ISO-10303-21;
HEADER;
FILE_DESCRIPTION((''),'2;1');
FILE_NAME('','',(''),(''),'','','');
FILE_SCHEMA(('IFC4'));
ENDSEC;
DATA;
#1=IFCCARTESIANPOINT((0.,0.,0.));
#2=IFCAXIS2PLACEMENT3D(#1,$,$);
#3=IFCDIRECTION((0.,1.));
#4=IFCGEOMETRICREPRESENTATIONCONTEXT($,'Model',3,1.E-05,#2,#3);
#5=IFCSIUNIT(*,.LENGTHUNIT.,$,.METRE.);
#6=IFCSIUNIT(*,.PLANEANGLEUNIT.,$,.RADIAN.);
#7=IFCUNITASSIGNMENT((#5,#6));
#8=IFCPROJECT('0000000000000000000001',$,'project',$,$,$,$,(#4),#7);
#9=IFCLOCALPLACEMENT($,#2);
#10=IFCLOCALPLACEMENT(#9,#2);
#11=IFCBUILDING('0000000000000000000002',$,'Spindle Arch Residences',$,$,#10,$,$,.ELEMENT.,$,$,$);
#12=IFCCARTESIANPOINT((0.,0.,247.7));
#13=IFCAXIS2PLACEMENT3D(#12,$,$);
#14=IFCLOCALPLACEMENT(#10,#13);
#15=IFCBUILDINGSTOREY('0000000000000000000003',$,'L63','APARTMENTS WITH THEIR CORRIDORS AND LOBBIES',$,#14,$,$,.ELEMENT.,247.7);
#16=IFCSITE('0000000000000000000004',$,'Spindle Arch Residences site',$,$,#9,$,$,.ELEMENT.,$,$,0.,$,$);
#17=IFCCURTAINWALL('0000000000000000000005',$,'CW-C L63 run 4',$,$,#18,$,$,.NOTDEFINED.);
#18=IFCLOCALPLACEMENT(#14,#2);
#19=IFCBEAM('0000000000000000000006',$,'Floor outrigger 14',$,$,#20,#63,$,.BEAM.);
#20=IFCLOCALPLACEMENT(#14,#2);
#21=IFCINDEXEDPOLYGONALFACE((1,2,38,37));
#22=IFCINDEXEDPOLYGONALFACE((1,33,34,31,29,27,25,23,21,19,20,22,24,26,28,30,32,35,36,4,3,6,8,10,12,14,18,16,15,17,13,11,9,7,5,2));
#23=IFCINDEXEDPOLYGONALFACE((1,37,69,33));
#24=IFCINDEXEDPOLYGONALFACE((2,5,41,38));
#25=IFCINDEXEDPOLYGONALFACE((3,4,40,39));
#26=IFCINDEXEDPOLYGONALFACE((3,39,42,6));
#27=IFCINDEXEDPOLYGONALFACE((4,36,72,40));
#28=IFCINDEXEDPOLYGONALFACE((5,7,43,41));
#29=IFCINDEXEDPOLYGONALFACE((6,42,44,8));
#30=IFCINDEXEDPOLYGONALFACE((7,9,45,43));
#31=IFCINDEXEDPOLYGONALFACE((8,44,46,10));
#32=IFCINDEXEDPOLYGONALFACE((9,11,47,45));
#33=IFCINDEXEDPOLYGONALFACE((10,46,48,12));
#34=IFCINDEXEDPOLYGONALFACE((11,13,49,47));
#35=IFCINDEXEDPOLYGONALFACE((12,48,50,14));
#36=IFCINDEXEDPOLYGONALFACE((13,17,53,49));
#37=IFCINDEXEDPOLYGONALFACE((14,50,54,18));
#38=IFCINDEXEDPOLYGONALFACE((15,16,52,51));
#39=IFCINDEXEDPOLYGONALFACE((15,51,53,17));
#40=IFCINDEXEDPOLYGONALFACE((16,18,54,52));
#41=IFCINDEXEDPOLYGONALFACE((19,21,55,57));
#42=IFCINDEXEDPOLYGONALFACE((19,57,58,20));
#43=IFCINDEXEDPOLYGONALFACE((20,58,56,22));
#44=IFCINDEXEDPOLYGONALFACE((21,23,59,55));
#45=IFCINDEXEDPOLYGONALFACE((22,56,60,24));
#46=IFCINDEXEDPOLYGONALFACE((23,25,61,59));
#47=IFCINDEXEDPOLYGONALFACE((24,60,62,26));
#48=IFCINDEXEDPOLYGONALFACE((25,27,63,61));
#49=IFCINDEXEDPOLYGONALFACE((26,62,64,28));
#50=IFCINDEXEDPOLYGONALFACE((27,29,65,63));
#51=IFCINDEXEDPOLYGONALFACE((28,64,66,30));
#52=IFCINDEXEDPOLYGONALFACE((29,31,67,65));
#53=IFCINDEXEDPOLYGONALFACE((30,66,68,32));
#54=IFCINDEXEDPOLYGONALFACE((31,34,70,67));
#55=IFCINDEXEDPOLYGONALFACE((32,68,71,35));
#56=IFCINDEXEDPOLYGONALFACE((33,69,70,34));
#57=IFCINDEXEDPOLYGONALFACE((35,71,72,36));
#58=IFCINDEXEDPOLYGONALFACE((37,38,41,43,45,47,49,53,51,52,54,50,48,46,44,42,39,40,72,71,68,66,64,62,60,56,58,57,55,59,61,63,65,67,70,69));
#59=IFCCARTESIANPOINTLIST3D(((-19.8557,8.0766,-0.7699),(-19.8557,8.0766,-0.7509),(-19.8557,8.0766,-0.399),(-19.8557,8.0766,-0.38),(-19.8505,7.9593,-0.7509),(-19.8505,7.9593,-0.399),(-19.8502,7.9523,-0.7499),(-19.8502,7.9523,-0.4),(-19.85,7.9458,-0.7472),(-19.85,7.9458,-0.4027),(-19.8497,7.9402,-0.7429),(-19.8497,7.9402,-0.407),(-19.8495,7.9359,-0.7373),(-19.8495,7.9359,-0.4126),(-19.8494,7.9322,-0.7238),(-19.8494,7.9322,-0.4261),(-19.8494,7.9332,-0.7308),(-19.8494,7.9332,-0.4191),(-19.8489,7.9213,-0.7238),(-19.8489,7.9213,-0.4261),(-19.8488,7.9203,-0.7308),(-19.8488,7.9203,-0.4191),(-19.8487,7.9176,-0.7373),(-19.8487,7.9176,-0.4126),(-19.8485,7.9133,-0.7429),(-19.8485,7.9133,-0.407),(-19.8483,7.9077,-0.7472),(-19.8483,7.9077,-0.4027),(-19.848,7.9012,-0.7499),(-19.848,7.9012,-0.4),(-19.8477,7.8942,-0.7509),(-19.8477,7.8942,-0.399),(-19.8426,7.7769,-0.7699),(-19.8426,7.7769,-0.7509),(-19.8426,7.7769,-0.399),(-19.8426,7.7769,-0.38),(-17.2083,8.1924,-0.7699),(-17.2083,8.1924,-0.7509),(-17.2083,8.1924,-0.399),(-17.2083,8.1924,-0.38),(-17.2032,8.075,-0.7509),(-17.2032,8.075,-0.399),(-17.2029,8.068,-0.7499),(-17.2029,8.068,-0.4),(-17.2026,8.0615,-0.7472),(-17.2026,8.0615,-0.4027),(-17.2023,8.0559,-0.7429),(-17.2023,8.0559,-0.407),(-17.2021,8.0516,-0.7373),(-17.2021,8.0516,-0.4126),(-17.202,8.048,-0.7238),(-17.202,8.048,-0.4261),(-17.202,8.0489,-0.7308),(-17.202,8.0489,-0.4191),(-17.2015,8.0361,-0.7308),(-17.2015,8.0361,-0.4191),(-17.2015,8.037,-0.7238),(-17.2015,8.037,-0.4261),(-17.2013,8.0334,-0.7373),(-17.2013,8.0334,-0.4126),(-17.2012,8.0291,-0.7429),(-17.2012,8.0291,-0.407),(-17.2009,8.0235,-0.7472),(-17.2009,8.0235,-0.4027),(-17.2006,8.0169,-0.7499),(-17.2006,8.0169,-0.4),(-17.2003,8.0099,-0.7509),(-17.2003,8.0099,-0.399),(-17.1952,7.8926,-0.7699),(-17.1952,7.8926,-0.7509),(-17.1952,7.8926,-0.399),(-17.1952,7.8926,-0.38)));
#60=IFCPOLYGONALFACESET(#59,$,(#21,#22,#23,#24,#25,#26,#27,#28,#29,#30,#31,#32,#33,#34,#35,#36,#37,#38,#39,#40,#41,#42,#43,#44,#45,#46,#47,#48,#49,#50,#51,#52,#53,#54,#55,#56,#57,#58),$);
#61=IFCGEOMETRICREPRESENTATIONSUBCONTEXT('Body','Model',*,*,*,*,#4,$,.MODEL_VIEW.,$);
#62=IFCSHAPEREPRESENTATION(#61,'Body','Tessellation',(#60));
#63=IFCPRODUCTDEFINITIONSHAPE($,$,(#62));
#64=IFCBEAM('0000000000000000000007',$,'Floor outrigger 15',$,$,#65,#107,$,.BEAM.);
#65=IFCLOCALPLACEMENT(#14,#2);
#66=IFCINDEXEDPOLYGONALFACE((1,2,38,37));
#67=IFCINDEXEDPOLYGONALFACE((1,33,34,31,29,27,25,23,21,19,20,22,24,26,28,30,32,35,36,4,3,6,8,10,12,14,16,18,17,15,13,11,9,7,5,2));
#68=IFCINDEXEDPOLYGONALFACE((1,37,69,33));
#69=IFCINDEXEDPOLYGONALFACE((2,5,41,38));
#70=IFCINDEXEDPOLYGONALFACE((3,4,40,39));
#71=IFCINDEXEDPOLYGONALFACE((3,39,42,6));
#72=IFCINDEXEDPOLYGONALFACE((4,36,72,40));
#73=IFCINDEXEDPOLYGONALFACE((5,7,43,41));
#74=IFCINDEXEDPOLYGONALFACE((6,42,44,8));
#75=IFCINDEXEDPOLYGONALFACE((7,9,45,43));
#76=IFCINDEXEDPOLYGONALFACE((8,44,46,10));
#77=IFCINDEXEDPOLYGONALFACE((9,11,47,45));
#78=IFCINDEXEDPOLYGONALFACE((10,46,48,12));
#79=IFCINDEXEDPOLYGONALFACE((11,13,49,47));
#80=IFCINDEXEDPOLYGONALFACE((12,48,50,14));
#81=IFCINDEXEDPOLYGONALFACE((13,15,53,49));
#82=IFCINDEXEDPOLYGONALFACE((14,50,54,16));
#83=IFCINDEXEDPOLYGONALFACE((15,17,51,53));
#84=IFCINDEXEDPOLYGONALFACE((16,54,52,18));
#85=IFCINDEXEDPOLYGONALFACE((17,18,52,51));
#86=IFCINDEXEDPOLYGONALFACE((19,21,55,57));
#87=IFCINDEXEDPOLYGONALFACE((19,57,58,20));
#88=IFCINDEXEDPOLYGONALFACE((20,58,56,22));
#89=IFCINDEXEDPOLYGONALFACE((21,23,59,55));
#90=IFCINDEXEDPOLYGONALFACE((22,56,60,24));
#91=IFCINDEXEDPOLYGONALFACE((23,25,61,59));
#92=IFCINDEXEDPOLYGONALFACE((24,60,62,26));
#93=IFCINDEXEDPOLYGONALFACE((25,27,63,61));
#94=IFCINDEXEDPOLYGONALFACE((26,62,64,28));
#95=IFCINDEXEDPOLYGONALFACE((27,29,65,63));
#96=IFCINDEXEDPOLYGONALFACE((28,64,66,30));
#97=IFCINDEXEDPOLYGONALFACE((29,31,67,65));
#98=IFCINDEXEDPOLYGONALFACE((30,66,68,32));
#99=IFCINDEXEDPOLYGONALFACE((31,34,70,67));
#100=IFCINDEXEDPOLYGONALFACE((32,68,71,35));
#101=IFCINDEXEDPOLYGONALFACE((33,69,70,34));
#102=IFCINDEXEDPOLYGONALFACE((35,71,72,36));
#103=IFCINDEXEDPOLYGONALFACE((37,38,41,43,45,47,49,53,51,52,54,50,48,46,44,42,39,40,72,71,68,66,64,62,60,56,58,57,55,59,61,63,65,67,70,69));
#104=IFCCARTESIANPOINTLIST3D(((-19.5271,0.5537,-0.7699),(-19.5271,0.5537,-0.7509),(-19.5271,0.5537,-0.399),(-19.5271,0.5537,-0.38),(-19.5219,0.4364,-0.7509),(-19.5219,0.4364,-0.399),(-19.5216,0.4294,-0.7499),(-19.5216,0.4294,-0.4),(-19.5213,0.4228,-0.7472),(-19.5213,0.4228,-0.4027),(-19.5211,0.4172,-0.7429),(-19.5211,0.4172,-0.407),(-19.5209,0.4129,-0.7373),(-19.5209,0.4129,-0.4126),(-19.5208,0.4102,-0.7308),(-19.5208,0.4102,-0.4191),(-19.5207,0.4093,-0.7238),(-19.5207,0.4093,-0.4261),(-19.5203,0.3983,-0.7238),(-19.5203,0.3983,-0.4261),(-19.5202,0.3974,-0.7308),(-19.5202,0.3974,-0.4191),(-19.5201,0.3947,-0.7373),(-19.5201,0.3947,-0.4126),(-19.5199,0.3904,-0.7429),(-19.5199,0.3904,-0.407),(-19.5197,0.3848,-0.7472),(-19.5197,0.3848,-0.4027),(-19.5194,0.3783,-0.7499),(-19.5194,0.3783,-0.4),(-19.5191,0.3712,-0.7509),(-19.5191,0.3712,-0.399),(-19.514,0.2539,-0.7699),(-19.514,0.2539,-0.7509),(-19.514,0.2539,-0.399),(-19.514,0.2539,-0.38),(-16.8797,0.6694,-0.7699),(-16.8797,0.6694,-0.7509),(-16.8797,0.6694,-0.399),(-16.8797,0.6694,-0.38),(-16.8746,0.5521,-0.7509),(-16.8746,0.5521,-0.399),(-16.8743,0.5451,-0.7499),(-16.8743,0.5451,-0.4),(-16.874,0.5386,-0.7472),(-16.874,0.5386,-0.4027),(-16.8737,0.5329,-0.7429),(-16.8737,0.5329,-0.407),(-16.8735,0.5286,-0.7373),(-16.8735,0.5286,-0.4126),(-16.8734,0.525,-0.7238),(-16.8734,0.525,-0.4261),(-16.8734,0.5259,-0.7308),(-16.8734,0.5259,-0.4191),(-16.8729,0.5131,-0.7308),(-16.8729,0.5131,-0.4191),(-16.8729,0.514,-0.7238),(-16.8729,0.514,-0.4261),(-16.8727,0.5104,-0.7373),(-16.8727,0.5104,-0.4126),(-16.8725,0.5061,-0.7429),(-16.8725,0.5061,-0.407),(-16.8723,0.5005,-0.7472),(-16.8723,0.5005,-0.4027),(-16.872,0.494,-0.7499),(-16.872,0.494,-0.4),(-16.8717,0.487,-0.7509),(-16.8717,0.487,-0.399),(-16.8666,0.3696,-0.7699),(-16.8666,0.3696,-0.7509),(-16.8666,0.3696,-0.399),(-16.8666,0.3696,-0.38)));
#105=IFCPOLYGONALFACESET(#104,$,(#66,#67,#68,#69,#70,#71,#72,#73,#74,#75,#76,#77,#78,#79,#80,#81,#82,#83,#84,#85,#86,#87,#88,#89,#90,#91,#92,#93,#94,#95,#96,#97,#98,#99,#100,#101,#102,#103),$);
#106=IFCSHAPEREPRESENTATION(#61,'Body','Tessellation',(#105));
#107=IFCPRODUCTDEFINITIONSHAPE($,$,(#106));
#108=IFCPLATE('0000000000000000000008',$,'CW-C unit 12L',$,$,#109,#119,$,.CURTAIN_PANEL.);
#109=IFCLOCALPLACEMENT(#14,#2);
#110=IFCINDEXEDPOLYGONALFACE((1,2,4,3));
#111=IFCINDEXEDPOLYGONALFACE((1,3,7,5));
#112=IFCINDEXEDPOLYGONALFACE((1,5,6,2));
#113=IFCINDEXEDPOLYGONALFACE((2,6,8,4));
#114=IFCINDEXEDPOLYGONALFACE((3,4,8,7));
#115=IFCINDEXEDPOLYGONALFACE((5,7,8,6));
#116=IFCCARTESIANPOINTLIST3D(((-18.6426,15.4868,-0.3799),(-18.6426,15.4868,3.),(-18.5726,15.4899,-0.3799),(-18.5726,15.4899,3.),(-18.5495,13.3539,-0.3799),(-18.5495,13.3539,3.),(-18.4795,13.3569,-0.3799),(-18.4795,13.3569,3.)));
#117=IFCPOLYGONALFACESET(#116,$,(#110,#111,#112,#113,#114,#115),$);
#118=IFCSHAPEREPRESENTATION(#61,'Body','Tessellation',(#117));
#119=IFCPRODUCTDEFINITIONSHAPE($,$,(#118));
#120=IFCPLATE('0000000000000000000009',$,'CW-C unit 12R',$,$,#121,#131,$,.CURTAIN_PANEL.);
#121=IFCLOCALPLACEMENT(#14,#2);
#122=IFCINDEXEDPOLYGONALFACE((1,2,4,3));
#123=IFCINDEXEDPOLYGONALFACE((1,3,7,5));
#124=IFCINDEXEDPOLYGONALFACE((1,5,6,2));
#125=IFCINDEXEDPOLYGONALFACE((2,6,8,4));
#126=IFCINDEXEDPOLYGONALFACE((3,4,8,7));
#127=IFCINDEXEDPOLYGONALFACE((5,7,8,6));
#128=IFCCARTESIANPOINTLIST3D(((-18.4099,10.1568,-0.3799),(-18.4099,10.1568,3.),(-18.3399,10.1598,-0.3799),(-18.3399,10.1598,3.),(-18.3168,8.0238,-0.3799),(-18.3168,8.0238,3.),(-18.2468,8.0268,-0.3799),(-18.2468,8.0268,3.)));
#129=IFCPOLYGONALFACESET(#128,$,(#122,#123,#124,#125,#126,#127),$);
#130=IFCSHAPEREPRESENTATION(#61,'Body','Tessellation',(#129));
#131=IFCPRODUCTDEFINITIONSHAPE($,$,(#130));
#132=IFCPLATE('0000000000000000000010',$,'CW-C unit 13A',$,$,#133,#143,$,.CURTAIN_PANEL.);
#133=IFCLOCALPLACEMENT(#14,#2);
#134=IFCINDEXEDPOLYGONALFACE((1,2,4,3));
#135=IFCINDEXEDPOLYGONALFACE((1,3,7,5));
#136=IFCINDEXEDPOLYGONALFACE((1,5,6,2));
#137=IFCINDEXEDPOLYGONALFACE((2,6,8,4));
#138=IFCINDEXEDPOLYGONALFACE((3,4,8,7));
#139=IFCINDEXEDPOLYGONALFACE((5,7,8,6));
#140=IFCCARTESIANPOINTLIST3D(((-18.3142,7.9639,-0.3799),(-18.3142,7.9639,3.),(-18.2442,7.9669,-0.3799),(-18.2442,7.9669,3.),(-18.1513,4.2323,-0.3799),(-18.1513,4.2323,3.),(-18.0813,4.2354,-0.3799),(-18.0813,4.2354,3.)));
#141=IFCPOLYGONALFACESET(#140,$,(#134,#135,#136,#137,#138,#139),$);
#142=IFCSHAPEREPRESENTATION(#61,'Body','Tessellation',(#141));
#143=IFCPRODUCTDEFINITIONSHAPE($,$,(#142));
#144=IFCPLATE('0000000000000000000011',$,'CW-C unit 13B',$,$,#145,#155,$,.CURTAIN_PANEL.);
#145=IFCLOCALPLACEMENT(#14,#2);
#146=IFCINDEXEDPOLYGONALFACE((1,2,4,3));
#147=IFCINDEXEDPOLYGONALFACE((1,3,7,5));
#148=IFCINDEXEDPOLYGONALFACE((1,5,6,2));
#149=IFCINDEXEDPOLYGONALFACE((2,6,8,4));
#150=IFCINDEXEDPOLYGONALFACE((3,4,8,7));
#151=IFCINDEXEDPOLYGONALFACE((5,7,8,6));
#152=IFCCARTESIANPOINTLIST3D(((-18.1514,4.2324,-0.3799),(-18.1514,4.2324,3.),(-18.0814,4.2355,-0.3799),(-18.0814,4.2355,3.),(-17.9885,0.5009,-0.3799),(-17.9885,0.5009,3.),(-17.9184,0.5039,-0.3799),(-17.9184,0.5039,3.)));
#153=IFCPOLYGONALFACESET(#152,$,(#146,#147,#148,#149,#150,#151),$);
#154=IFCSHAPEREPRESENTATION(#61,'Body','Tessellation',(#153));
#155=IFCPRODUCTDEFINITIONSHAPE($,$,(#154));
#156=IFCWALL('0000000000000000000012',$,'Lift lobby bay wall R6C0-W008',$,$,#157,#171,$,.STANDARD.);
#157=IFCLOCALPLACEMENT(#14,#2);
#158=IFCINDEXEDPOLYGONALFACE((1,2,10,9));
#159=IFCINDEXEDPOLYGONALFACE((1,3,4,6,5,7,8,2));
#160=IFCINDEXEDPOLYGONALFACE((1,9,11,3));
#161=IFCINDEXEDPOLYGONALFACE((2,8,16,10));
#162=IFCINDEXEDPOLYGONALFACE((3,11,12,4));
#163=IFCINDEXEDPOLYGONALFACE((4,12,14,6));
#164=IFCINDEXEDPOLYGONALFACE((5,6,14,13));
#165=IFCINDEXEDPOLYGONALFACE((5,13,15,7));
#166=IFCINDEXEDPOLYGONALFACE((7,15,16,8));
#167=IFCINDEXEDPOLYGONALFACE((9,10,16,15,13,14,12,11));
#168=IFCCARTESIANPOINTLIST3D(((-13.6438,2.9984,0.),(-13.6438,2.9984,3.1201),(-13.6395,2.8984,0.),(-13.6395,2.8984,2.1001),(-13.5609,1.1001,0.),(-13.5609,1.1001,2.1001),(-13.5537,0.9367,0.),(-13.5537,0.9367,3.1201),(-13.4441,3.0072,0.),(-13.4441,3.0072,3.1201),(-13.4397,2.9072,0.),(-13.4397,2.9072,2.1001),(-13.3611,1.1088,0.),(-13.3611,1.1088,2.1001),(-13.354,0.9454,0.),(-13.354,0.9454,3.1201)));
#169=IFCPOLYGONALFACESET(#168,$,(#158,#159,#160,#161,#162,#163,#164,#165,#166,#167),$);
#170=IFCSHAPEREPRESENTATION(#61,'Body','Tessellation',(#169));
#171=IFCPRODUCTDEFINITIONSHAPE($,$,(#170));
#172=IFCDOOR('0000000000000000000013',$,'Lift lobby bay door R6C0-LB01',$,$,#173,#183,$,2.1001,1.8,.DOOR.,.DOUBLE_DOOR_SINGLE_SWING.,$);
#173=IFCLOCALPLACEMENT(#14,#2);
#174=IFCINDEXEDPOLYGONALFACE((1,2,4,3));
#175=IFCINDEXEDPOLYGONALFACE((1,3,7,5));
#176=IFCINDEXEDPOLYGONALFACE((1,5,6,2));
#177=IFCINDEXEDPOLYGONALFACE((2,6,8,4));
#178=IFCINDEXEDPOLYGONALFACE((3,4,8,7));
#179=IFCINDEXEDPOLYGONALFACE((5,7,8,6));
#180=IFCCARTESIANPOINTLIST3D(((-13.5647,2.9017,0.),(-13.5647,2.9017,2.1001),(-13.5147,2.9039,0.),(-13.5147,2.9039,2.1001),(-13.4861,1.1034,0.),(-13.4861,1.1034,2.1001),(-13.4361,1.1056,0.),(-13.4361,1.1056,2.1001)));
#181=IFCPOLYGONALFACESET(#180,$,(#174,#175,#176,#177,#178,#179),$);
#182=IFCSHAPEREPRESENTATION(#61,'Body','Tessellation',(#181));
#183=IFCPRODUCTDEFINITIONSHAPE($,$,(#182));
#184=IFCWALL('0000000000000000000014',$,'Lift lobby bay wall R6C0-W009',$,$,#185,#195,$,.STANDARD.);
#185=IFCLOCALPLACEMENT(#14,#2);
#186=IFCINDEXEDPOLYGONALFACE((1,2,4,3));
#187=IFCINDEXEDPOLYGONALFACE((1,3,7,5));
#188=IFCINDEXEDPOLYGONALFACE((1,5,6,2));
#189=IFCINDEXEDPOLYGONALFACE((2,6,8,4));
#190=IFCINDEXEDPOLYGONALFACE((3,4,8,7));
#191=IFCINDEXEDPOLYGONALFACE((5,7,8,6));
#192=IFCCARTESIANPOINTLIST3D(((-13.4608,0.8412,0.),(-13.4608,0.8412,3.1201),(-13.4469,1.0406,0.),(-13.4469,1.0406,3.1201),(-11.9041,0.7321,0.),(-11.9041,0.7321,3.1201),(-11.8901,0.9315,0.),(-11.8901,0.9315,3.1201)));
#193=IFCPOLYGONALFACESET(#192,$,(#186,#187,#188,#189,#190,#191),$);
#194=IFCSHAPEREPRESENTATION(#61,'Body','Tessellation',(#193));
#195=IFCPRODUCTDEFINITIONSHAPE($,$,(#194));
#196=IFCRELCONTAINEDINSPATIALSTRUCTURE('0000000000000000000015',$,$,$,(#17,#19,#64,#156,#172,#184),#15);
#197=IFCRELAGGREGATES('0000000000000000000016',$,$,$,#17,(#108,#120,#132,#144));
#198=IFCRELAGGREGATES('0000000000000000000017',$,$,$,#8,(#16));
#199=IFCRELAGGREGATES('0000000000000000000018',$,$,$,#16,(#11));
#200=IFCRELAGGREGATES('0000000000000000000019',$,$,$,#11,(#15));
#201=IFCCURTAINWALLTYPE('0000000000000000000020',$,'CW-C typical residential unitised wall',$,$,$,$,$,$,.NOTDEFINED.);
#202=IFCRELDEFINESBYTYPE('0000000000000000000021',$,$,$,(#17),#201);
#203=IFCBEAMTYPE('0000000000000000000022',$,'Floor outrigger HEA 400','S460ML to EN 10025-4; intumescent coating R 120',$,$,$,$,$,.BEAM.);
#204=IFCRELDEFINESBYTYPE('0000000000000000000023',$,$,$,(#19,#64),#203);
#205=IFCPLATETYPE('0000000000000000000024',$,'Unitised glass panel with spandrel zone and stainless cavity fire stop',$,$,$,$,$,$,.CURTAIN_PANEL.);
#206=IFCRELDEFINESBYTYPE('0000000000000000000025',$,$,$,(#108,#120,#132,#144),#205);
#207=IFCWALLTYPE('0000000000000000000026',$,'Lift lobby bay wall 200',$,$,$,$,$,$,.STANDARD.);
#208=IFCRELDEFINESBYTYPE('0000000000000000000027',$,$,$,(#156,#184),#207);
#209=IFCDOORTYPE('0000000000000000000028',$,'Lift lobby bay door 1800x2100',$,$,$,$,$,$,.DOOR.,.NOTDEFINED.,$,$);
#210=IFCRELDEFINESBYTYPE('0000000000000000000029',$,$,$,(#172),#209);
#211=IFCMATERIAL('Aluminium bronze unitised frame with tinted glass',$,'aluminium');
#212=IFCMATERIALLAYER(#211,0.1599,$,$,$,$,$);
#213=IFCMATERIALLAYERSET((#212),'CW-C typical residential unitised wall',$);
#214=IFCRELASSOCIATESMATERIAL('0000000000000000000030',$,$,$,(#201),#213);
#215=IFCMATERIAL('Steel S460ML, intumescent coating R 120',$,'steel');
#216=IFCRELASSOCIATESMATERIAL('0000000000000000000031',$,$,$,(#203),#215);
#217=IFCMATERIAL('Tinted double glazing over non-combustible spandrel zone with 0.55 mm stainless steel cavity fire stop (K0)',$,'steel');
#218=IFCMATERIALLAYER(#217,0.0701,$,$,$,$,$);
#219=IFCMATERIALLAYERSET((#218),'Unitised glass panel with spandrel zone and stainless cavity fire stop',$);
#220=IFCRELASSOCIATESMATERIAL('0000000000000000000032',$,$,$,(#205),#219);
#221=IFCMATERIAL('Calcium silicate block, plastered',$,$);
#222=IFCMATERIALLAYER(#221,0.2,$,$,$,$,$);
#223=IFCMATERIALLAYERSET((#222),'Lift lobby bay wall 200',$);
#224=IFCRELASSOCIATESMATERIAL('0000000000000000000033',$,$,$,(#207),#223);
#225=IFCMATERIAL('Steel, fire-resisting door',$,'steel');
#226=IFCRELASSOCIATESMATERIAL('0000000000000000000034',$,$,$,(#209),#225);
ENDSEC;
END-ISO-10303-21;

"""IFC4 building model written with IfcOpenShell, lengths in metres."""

from ifc_helpers import new_model, si_unit, direction, frame, frame_2d, origin, origin_2d, place, context, subcontext, project, spatial, rectangle, i_section, extrude, material, layer, layer_set, material_profile, profile_set, type_object, element, fill, aggregate, save


model = new_model("IFC4")

# Units and contexts
model_context = context("Model", 3, precision=1e-05, world=origin(), true_north=direction((0.0, 1.0)))
body_context = subcontext(model_context, "Body", "Model", "MODEL_VIEW")
ifc_project = project(units=[si_unit("LENGTHUNIT", "METRE"), si_unit("PLANEANGLEUNIT", "RADIAN")], contexts=[model_context])

# Site, building, storey
site_placement = place(None, origin())
site = spatial("IfcSite", under=ifc_project, at=site_placement, Name="Spindle Arch Residences site", CompositionType="ELEMENT", RefElevation=0.0)
building_placement = place(site_placement, origin())
building = spatial("IfcBuilding", under=site, at=building_placement, Name="Spindle Arch Residences", CompositionType="ELEMENT")
storey_placement = place(building_placement, frame((0.0, 0.0, 247.7)))
storey = spatial("IfcBuildingStorey", under=building, at=storey_placement, Name="L63", Description="APARTMENTS WITH THEIR CORRIDORS AND LOBBIES", CompositionType="ELEMENT", Elevation=247.7)

# Curtain wall
ifc_material_1 = material(Name="Aluminium bronze unitised frame with tinted glass", Category="aluminium")
ifc_layer_1 = layer(ifc_material_1, 0.1599)
ifc_layer_set_1 = layer_set([ifc_layer_1], Name="CW-C typical residential unitised wall")
curtain_wall_type = type_object("IfcCurtainWallType", Name="CW-C typical residential unitised wall", PredefinedType="NOTDEFINED", material=ifc_layer_set_1)
curtain_wall_placement = place(storey_placement, origin())
curtain_wall = element("IfcCurtainWall", 1, at=curtain_wall_placement, inside=storey, type_object=curtain_wall_type, Name="CW-C L63 run 4", PredefinedType="NOTDEFINED")

# Beams
ifc_material_2 = material(Name="Steel S460ML, intumescent coating R 120", Category="steel")
ifc_material_profile_1 = material_profile(ifc_material_2, i_section(OverallWidth=0.3, OverallDepth=0.3899, WebThickness=0.011, FlangeThickness=0.019, FilletRadius=0.0271, at=origin_2d()), Name="HEA 400")
ifc_profile_set_1 = profile_set([ifc_material_profile_1], Name="Steel S460ML, intumescent coating R 120")
beam_type_1 = type_object("IfcBeamType", Name="Floor outrigger HEA 400", Description="S460ML to EN 10025-4; intumescent coating R 120", PredefinedType="BEAM", material=ifc_profile_set_1)
for number, where, z_axis, x_axis, name in (
    (2, (-19.8491, 7.9268, -0.575), (0.999046, 0.043669, 0.0), (-0.043669, 0.999046, 0.0), "Floor outrigger 14"),
    (3, (-19.5205, 0.4038, -0.575), (0.999046, 0.043669, 0.0), (-0.043669, 0.999046, 0.0), "Floor outrigger 15"),
):
    element("IfcBeam", number, at=place(storey_placement, frame(where, z_axis=z_axis, x_axis=x_axis)), inside=storey, type_object=beam_type_1, Name=name, PredefinedType="BEAM", context=body_context, shape_type="SweptSolid", body=[
        extrude(i_section(OverallWidth=0.3, OverallDepth=0.3899, WebThickness=0.011, FlangeThickness=0.019, FilletRadius=0.0271, at=origin_2d()), origin(), (0.0, 0.0, 1.0), 2.6499),
    ])

# Plates
ifc_material_3 = material(Name="Tinted double glazing over non-combustible spandrel zone with 0.55 mm stainless steel cavity fire stop (K0)", Category="steel")
ifc_layer_2 = layer(ifc_material_3, 0.0701)
ifc_layer_set_2 = layer_set([ifc_layer_2], Name="Unitised glass panel with spandrel zone and stainless cavity fire stop")
plate_type = type_object("IfcPlateType", Name="Unitised glass panel with spandrel zone and stainless cavity fire stop", PredefinedType="CURTAIN_PANEL", material=ifc_layer_set_2)
plate_1_placement = place(storey_placement, frame((-18.561, 14.4219, -0.3799), z_axis=(0.0, 0.0, 1.0), x_axis=(0.043619, -0.999048, 0.0)))
plate_1 = element("IfcPlate", 4, at=plate_1_placement, type_object=plate_type, Name="CW-C unit 12L", PredefinedType="CURTAIN_PANEL", context=body_context, shape_type="SweptSolid", body=[
    extrude(rectangle(XDim=2.135, YDim=0.0701, at=origin_2d()), origin(), (0.0, 0.0, 1.0), 3.3799),
])
plate_2_placement = place(storey_placement, frame((-18.3284, 9.0918, -0.3799), z_axis=(0.0, 0.0, 1.0), x_axis=(0.043619, -0.999048, 0.0)))
plate_2 = element("IfcPlate", 5, at=plate_2_placement, type_object=plate_type, Name="CW-C unit 12R", PredefinedType="CURTAIN_PANEL", context=body_context, shape_type="SweptSolid", body=[
    extrude(rectangle(XDim=2.135, YDim=0.0701, at=origin_2d()), origin(), (0.0, 0.0, 1.0), 3.3799),
])
plate_3_placement = place(storey_placement, frame((-18.1978, 6.0996, -0.3799), z_axis=(0.0, 0.0, 1.0), x_axis=(0.043619, -0.999048, 0.0)))
plate_3 = element("IfcPlate", 6, at=plate_3_placement, type_object=plate_type, Name="CW-C unit 13A", PredefinedType="CURTAIN_PANEL", context=body_context, shape_type="SweptSolid", body=[
    extrude(rectangle(XDim=3.7351, YDim=0.0701, at=origin_2d()), origin(), (0.0, 0.0, 1.0), 3.3799),
])
plate_4_placement = place(storey_placement, frame((-18.0349, 2.3682, -0.3799), z_axis=(0.0, 0.0, 1.0), x_axis=(0.043619, -0.999048, 0.0)))
plate_4 = element("IfcPlate", 7, at=plate_4_placement, type_object=plate_type, Name="CW-C unit 13B", PredefinedType="CURTAIN_PANEL", context=body_context, shape_type="SweptSolid", body=[
    extrude(rectangle(XDim=3.7351, YDim=0.0701, at=origin_2d()), origin(), (0.0, 0.0, 1.0), 3.3799),
])
aggregate(curtain_wall, [plate_1, plate_2, plate_3, plate_4])

# Wall, opening, door
ifc_material_4 = material(Name="Calcium silicate block, plastered")
ifc_layer_3 = layer(ifc_material_4, 0.2)
ifc_layer_set_3 = layer_set([ifc_layer_3], Name="Lift lobby bay wall 200")
wall_type_1 = type_object("IfcWallType", Name="Lift lobby bay wall 200", PredefinedType="STANDARD", material=ifc_layer_set_3)
wall_1_placement = place(storey_placement, frame((-13.5439, 3.0027, 0.0), z_axis=(0.0, 0.0, 1.0), x_axis=(0.043653, -0.999047, 0.0)))
wall_1 = element("IfcWall", 8, at=wall_1_placement, inside=storey, type_object=wall_type_1, Name="Lift lobby bay wall R6C0-W008", PredefinedType="STANDARD", context=body_context, shape_type="SweptSolid", body=[
    extrude(rectangle(XDim=2.0637, YDim=0.2, at=frame_2d((1.0317, 0.0))), origin(), (0.0, 0.0, 1.0), 3.1201),
])
opening_1_placement = place(wall_1_placement, frame((0.1001, 0.0, 0.0)))
opening_1 = element("IfcOpeningElement", 9, at=opening_1_placement, cuts=wall_1, PredefinedType="OPENING", context=body_context, shape_type="SweptSolid", body=[
    extrude(rectangle(XDim=1.8, YDim=2.1001, at=frame_2d((0.8999, 1.05))), frame((0.0, 0.1099, 0.0), z_axis=(0.0, -1.0, 0.0), x_axis=(1.0, 0.0, 0.0)), (0.0, 0.0, 1.0), 0.22),
])
ifc_material_5 = material(Name="Steel, fire-resisting door", Category="steel")
door_type_1 = type_object("IfcDoorType", Name="Lift lobby bay door 1800x2100", OperationType="NOTDEFINED", PredefinedType="DOOR", material=ifc_material_5)
door_1_placement = place(opening_1_placement, origin())
door_1 = element("IfcDoor", 10, at=door_1_placement, inside=storey, type_object=door_type_1, Name="Lift lobby bay door R6C0-LB01", OperationType="DOUBLE_DOOR_SINGLE_SWING", OverallHeight=2.1001, OverallWidth=1.8, PredefinedType="DOOR", context=body_context, shape_type="SweptSolid", body=[
    extrude(rectangle(XDim=1.8, YDim=2.1001, at=frame_2d((0.8999, 1.05))), frame((0.0, 0.0249, 0.0), z_axis=(0.0, -1.0, 0.0), x_axis=(1.0, 0.0, 0.0)), (0.0, 0.0, 1.0), 0.05),
])
fill(opening_1, door_1)

# Wall
wall_2_placement = place(storey_placement, frame((-13.4539, 0.9409, 0.0), z_axis=(0.0, 0.0, 1.0), x_axis=(0.997552, -0.069935, 0.0)))
element("IfcWall", 11, at=wall_2_placement, inside=storey, type_object=wall_type_1, Name="Lift lobby bay wall R6C0-W009", PredefinedType="STANDARD", context=body_context, shape_type="SweptSolid", body=[
    extrude(rectangle(XDim=1.5605, YDim=0.2, at=frame_2d((0.7803, 0.0))), origin(), (0.0, 0.0, 1.0), 3.1201),
])

save(model, "model.ifc")
